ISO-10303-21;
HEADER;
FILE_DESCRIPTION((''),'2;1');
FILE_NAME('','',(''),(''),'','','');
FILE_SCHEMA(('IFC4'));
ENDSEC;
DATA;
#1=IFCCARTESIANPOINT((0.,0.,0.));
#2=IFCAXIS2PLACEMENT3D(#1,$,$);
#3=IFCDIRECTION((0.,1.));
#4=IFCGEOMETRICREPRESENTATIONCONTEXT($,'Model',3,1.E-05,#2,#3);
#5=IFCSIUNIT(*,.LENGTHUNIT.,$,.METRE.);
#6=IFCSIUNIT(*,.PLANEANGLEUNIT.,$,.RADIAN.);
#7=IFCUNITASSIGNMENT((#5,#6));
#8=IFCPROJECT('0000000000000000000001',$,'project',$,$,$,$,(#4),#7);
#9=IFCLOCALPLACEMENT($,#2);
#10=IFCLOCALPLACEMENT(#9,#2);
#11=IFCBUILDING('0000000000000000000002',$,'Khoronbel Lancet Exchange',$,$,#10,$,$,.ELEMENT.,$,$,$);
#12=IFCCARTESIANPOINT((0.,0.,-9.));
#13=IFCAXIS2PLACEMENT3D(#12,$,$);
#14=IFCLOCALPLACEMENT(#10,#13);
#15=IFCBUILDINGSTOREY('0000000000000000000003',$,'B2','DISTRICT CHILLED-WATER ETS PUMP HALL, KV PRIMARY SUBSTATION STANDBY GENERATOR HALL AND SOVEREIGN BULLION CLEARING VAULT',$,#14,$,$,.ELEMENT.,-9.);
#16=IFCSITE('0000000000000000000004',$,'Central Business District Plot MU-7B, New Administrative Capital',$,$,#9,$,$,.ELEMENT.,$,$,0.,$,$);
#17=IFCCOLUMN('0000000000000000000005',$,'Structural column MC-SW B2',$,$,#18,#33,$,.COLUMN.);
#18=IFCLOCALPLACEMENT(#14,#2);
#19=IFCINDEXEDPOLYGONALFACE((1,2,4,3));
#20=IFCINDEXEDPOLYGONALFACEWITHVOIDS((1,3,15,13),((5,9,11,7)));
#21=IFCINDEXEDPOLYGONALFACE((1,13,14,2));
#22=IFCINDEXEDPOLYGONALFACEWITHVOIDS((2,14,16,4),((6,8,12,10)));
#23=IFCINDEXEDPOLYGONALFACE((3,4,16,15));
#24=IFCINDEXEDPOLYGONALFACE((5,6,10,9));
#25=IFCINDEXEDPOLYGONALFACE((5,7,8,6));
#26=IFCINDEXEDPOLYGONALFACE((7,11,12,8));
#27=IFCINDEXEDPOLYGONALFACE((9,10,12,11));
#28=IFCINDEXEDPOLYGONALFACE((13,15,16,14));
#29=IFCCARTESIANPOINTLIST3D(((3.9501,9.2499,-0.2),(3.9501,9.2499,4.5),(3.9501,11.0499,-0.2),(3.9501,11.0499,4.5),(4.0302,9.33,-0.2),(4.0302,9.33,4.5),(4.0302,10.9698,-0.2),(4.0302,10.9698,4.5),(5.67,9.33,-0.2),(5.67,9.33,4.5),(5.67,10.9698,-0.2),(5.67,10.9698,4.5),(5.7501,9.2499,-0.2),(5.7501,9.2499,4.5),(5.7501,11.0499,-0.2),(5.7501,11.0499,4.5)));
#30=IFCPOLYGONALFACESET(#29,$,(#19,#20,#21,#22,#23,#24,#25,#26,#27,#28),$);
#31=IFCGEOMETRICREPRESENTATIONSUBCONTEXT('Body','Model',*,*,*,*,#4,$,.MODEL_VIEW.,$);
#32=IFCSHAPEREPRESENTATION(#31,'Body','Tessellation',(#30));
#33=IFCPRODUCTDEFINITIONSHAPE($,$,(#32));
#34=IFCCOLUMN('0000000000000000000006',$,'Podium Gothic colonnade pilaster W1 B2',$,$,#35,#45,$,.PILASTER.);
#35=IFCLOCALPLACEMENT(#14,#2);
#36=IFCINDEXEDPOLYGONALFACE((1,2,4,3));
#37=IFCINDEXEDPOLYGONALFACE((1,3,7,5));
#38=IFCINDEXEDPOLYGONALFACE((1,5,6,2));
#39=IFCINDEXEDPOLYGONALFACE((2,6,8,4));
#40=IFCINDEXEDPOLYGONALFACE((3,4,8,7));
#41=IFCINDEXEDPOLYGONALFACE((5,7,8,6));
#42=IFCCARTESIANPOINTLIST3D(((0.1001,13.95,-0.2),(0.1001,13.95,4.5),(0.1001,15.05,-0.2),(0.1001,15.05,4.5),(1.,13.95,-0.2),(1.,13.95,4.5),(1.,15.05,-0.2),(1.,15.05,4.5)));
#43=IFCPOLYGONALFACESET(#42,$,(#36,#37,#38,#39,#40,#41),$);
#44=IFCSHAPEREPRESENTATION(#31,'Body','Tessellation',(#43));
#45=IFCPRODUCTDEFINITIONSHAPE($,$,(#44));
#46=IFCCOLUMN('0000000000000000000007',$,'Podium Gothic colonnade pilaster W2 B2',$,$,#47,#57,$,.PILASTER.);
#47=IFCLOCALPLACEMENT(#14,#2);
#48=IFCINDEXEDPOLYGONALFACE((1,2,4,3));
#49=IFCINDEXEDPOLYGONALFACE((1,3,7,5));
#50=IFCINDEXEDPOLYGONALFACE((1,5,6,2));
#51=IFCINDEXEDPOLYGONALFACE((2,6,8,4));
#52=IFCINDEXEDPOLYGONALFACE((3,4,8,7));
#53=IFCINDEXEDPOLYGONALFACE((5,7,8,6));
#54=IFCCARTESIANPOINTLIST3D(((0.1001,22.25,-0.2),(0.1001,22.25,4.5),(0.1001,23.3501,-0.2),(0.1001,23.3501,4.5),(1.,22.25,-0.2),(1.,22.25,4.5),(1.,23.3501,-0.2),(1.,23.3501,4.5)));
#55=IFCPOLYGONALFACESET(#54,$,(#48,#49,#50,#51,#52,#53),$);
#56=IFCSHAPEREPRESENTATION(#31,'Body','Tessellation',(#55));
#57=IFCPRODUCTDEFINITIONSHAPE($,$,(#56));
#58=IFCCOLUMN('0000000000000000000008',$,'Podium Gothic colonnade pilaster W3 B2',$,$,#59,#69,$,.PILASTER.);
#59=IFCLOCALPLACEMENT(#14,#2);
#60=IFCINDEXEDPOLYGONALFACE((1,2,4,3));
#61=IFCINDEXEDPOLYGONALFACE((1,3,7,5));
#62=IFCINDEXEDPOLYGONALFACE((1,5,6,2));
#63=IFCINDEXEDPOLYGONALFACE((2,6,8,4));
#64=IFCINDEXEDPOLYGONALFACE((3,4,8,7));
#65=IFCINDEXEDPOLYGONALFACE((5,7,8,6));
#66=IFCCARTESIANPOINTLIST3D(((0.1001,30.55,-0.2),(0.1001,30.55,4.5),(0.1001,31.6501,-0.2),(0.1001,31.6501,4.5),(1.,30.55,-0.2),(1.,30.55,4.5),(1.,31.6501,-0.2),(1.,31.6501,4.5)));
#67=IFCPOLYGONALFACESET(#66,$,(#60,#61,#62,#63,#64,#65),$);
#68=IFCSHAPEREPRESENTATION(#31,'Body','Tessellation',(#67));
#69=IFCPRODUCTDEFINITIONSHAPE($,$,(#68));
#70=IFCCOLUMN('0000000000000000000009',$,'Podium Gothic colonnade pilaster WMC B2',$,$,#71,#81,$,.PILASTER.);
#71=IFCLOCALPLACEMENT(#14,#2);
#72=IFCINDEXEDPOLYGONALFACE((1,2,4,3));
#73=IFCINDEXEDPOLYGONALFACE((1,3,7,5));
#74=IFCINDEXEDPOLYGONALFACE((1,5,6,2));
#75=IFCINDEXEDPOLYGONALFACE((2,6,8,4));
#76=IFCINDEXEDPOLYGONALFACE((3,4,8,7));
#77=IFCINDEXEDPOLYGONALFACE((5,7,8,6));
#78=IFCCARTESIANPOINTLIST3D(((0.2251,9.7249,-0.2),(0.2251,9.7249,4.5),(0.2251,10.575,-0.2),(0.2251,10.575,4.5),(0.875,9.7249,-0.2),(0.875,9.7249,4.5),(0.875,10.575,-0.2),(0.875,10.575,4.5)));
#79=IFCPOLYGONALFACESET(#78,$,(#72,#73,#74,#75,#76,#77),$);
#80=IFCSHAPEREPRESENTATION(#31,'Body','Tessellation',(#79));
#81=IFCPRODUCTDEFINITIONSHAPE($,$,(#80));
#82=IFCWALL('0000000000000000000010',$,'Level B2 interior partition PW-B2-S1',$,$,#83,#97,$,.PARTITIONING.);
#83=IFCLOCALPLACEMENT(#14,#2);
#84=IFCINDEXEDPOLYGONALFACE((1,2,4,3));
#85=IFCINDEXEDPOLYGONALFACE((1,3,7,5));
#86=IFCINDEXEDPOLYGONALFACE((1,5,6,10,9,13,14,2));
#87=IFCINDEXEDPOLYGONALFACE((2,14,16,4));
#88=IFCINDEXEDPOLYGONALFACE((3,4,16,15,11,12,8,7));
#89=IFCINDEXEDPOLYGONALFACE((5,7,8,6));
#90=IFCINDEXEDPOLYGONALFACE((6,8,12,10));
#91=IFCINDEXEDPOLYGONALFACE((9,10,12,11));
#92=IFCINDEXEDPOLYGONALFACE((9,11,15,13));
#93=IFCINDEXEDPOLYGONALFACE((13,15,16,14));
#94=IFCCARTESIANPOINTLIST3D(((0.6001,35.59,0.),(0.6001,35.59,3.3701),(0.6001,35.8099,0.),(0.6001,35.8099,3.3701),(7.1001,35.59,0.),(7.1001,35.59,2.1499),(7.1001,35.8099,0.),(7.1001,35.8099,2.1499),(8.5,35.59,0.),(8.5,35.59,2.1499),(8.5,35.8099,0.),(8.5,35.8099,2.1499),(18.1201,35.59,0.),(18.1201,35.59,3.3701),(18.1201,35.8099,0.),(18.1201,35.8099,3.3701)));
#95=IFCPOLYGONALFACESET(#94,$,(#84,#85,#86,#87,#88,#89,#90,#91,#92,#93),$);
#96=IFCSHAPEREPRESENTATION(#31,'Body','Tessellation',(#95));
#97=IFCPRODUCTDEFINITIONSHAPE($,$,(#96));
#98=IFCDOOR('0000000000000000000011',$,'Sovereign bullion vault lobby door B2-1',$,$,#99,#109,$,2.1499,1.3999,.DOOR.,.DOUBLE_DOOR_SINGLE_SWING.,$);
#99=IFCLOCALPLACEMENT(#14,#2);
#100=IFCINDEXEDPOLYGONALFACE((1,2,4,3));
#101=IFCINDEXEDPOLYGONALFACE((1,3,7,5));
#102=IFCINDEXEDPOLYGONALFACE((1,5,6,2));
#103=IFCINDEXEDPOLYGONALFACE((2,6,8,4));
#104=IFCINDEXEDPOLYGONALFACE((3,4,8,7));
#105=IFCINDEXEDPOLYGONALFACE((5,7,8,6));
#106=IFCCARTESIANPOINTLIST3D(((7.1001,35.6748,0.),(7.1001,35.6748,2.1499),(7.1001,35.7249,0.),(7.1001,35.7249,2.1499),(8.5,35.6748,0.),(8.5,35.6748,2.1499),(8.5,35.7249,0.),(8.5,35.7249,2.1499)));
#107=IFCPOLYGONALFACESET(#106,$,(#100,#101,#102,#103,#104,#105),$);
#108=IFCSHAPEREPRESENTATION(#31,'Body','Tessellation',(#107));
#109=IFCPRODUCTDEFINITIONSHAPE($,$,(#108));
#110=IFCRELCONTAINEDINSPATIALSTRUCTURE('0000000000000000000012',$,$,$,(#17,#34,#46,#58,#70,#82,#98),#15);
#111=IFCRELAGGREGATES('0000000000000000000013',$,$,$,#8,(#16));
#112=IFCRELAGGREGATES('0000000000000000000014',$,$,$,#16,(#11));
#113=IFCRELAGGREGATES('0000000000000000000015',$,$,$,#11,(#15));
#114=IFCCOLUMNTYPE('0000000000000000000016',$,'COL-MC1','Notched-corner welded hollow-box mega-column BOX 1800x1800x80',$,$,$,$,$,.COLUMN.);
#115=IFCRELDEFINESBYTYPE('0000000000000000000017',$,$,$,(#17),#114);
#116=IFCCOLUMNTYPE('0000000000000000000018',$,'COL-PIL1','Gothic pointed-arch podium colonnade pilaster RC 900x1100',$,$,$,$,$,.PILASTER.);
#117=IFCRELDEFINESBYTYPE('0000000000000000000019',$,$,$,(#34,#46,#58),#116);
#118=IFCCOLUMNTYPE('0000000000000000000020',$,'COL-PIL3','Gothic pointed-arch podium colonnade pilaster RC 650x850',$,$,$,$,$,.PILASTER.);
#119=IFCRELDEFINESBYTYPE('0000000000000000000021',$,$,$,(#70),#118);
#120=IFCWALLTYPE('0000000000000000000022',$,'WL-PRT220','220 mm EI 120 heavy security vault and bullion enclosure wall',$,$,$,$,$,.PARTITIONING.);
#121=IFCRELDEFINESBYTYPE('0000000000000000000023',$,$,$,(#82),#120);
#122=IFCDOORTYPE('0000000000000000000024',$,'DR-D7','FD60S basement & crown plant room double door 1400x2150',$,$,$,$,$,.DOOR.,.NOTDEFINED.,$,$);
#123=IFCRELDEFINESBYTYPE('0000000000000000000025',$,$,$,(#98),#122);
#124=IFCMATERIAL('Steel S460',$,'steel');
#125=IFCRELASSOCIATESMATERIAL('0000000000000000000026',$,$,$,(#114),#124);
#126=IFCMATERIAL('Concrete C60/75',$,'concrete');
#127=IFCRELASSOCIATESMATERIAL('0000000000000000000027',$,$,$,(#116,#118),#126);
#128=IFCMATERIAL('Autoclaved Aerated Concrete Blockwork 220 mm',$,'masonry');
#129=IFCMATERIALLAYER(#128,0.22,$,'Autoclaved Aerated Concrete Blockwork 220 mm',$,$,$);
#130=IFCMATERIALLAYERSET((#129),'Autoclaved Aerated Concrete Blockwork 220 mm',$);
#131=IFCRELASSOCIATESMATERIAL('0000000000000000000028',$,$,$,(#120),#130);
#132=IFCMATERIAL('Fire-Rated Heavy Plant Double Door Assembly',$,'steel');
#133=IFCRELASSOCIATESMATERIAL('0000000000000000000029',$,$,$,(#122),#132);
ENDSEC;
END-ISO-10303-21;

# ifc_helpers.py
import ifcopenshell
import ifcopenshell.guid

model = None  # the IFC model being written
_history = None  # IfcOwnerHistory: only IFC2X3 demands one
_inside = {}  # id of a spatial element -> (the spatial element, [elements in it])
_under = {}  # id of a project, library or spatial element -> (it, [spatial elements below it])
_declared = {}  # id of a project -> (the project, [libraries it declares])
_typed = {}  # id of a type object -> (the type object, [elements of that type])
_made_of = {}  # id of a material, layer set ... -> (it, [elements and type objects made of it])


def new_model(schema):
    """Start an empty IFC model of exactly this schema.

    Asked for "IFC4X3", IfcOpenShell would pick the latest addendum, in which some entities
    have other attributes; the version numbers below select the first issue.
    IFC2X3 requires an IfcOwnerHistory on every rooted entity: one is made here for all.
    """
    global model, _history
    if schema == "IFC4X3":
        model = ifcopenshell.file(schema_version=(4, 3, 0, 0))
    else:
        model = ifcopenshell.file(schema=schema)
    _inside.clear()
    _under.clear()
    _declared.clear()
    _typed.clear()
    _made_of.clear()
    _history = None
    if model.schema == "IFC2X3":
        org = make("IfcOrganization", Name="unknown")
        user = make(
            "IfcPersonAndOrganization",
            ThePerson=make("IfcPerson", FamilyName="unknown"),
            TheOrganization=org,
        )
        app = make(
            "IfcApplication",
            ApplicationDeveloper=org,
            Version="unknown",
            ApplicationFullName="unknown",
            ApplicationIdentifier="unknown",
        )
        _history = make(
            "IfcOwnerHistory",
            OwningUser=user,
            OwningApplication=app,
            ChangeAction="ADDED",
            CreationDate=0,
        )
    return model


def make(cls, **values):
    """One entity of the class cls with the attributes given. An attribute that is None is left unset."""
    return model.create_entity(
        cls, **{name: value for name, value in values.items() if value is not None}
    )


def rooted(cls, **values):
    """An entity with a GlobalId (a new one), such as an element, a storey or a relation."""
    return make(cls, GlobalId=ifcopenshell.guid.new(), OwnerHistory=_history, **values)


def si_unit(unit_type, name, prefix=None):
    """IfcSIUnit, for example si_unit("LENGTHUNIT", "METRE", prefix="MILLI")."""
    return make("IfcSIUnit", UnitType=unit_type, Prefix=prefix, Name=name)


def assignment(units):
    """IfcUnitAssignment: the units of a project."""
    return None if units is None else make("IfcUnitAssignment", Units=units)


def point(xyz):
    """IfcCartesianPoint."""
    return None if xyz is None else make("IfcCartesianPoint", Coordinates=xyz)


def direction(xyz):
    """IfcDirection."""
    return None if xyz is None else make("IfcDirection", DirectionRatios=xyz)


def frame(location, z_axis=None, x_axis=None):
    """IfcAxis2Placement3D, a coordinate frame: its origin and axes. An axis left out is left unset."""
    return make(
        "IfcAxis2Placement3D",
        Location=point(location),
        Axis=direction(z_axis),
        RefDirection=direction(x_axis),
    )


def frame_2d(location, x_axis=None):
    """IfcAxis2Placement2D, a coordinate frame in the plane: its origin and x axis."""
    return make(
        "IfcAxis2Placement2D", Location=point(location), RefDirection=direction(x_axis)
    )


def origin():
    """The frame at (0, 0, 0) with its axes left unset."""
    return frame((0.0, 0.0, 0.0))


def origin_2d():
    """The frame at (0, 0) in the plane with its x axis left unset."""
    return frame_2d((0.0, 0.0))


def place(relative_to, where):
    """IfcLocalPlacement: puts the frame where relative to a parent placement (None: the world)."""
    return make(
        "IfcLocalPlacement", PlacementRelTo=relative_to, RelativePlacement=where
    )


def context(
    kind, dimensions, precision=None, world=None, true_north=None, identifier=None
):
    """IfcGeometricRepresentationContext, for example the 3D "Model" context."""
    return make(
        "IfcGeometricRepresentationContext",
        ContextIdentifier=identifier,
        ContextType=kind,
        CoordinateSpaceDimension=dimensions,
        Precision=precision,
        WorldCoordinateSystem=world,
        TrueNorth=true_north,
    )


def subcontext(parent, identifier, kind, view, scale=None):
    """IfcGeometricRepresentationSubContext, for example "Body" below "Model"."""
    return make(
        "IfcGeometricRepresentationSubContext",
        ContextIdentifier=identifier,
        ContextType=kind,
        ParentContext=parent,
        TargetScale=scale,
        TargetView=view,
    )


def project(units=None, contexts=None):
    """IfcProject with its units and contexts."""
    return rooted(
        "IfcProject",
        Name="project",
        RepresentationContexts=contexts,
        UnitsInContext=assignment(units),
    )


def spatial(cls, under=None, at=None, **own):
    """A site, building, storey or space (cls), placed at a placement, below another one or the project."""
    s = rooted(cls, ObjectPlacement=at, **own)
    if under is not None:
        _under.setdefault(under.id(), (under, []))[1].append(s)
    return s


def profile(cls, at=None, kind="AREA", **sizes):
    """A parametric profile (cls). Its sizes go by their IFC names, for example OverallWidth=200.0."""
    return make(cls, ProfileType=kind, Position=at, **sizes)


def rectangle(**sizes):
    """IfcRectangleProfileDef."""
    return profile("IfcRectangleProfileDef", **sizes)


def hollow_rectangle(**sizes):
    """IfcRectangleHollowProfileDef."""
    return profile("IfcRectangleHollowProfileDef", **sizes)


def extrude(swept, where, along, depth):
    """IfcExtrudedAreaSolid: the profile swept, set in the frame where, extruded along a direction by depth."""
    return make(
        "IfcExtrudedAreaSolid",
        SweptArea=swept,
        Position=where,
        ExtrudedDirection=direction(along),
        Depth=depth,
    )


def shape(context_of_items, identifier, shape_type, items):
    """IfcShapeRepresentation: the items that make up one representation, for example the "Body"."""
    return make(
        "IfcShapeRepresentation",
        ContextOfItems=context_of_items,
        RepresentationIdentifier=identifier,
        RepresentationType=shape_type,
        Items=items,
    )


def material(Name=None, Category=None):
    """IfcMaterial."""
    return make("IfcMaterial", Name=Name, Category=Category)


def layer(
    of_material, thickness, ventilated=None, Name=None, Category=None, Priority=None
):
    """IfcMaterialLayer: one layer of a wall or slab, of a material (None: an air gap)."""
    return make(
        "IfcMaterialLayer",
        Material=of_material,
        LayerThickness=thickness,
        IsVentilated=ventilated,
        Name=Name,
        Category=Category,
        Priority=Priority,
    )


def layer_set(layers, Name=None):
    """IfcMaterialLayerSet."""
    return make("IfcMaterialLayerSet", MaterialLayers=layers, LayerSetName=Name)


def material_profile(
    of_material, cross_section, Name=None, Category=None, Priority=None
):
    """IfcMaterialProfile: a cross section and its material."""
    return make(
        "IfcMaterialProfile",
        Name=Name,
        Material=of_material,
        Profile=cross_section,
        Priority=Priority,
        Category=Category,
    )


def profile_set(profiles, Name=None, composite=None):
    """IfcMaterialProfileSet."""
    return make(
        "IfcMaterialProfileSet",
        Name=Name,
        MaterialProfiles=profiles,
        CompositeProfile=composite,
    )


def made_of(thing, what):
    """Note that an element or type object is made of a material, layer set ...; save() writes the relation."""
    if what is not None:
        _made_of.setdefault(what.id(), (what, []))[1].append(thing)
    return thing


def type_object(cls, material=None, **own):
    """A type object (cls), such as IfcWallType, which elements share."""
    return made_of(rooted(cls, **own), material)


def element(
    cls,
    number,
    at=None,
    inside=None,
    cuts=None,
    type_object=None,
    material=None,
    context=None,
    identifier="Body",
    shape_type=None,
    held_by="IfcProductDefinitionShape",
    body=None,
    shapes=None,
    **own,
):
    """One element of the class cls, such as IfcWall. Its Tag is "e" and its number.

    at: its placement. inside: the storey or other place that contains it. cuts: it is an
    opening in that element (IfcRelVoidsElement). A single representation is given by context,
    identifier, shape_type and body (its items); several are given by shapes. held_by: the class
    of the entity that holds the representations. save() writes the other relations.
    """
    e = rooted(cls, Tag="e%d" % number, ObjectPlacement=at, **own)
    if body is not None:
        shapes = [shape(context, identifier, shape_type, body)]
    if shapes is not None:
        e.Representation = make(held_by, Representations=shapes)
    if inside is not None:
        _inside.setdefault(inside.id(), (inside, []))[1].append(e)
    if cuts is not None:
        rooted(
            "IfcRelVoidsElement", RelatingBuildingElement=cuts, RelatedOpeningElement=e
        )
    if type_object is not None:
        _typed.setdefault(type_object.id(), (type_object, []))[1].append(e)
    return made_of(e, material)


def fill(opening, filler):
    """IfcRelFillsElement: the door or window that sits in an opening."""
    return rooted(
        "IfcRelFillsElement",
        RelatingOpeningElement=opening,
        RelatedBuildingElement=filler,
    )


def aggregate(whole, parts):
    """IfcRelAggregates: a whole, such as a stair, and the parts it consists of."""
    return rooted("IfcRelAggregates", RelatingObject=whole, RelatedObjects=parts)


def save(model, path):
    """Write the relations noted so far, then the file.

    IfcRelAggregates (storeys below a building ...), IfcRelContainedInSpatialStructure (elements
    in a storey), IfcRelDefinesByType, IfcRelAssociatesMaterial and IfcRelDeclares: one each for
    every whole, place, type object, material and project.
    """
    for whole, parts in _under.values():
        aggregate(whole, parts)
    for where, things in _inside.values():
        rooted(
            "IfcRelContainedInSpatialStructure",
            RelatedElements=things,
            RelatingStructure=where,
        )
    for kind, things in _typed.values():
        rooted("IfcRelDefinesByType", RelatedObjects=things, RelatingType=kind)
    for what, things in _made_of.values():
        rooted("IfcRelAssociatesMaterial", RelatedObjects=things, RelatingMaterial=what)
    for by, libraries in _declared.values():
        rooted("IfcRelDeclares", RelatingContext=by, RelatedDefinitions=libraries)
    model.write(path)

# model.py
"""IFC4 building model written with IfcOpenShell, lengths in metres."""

from ifc_helpers import new_model, si_unit, direction, frame, frame_2d, origin, origin_2d, place, context, subcontext, project, spatial, rectangle, hollow_rectangle, extrude, material, layer, layer_set, material_profile, profile_set, type_object, element, fill, save


model = new_model("IFC4")

# Units and contexts
model_context = context("Model", 3, precision=1e-05, world=origin(), true_north=direction((0.0, 1.0)))
body_context = subcontext(model_context, "Body", "Model", "MODEL_VIEW")
ifc_project = project(units=[si_unit("LENGTHUNIT", "METRE"), si_unit("PLANEANGLEUNIT", "RADIAN")], contexts=[model_context])

# Site, building, storey
site_placement = place(None, origin())
site = spatial("IfcSite", under=ifc_project, at=site_placement, Name="Central Business District Plot MU-7B, New Administrative Capital", CompositionType="ELEMENT", RefElevation=0.0)
building_placement = place(site_placement, origin())
building = spatial("IfcBuilding", under=site, at=building_placement, Name="Khoronbel Lancet Exchange", CompositionType="ELEMENT")
storey_placement = place(building_placement, frame((0.0, 0.0, -9.0)))
storey = spatial("IfcBuildingStorey", under=building, at=storey_placement, Name="B2", Description="DISTRICT CHILLED-WATER ETS PUMP HALL, KV PRIMARY SUBSTATION STANDBY GENERATOR HALL AND SOVEREIGN BULLION CLEARING VAULT", CompositionType="ELEMENT", Elevation=-9.0)

# Columns
ifc_material_1 = material(Name="Steel S460", Category="steel")
ifc_material_profile_1 = material_profile(ifc_material_1, hollow_rectangle(XDim=1.8, YDim=1.8, WallThickness=0.0801, at=origin_2d()), Name="BOX 1800x1800x80")
ifc_profile_set_1 = profile_set([ifc_material_profile_1], Name="Steel S460")
column_type_1 = type_object("IfcColumnType", Name="COL-MC1", Description="Notched-corner welded hollow-box mega-column BOX 1800x1800x80", PredefinedType="COLUMN", material=ifc_profile_set_1)
column_1_placement = place(storey_placement, frame((4.8501, 10.1499, -0.2), z_axis=(0.0, 0.0, 1.0), x_axis=(1.0, 0.0, 0.0)))
element("IfcColumn", 1, at=column_1_placement, inside=storey, type_object=column_type_1, Name="Structural column MC-SW B2", PredefinedType="COLUMN", context=body_context, shape_type="SweptSolid", body=[
    extrude(hollow_rectangle(XDim=1.8, YDim=1.8, WallThickness=0.0801, at=origin_2d()), origin(), (0.0, 0.0, 1.0), 4.7),
])
ifc_material_2 = material(Name="Concrete C60/75", Category="concrete")
ifc_material_profile_2 = material_profile(ifc_material_2, rectangle(XDim=0.8999, YDim=1.1001, at=origin_2d()), Name="RC 900x1100")
ifc_profile_set_2 = profile_set([ifc_material_profile_2], Name="Concrete C60/75")
column_type_2 = type_object("IfcColumnType", Name="COL-PIL1", Description="Gothic pointed-arch podium colonnade pilaster RC 900x1100", PredefinedType="PILASTER", material=ifc_profile_set_2)
for number, where, z_axis, x_axis, name in (
    (2, (0.55, 14.5, -0.2), (0.0, 0.0, 1.0), (1.0, 0.0, 0.0), "Podium Gothic colonnade pilaster W1 B2"),
    (3, (0.55, 22.8, -0.2), (0.0, 0.0, 1.0), (1.0, 0.0, 0.0), "Podium Gothic colonnade pilaster W2 B2"),
    (4, (0.55, 31.1001, -0.2), (0.0, 0.0, 1.0), (1.0, 0.0, 0.0), "Podium Gothic colonnade pilaster W3 B2"),
):
    element("IfcColumn", number, at=place(storey_placement, frame(where, z_axis=z_axis, x_axis=x_axis)), inside=storey, type_object=column_type_2, Name=name, PredefinedType="PILASTER", context=body_context, shape_type="SweptSolid", body=[
        extrude(rectangle(XDim=0.8999, YDim=1.1001, at=origin_2d()), origin(), (0.0, 0.0, 1.0), 4.7),
    ])
ifc_material_profile_3 = material_profile(ifc_material_2, rectangle(XDim=0.6499, YDim=0.8501, at=origin_2d()), Name="RC 650x850")
ifc_profile_set_3 = profile_set([ifc_material_profile_3], Name="Concrete C60/75")
column_type_3 = type_object("IfcColumnType", Name="COL-PIL3", Description="Gothic pointed-arch podium colonnade pilaster RC 650x850", PredefinedType="PILASTER", material=ifc_profile_set_3)
column_2_placement = place(storey_placement, frame((0.55, 10.1499, -0.2), z_axis=(0.0, 0.0, 1.0), x_axis=(1.0, 0.0, 0.0)))
element("IfcColumn", 5, at=column_2_placement, inside=storey, type_object=column_type_3, Name="Podium Gothic colonnade pilaster WMC B2", PredefinedType="PILASTER", context=body_context, shape_type="SweptSolid", body=[
    extrude(rectangle(XDim=0.6499, YDim=0.8501, at=origin_2d()), origin(), (0.0, 0.0, 1.0), 4.7),
])

# Wall, opening, door
ifc_material_3 = material(Name="Autoclaved Aerated Concrete Blockwork 220 mm", Category="masonry")
ifc_layer = layer(ifc_material_3, 0.22, Name="Autoclaved Aerated Concrete Blockwork 220 mm")
ifc_layer_set = layer_set([ifc_layer], Name="Autoclaved Aerated Concrete Blockwork 220 mm")
wall_type = type_object("IfcWallType", Name="WL-PRT220", Description="220 mm EI 120 heavy security vault and bullion enclosure wall", PredefinedType="PARTITIONING", material=ifc_layer_set)
wall_placement = place(storey_placement, frame((0.6001, 35.7, 0.0), z_axis=(0.0, 0.0, 1.0), x_axis=(1.0, 0.0, 0.0)))
wall = element("IfcWall", 6, at=wall_placement, inside=storey, type_object=wall_type, Name="Level B2 interior partition PW-B2-S1", PredefinedType="PARTITIONING", context=body_context, shape_type="SweptSolid", body=[
    extrude(rectangle(XDim=17.52, YDim=0.22, at=frame_2d((8.76, 0.0))), origin(), (0.0, 0.0, 1.0), 3.3701),
])
opening_placement = place(wall_placement, frame((6.5, 0.0, 0.0)))
opening = element("IfcOpeningElement", 7, at=opening_placement, cuts=wall, PredefinedType="OPENING", context=body_context, shape_type="SweptSolid", body=[
    extrude(rectangle(XDim=1.3999, YDim=2.1499, at=frame_2d((0.7, 1.075))), frame((0.0, 0.1201, 0.0), z_axis=(0.0, -1.0, 0.0), x_axis=(1.0, 0.0, 0.0)), (0.0, 0.0, 1.0), 0.24),
])
ifc_material_4 = material(Name="Fire-Rated Heavy Plant Double Door Assembly", Category="steel")
door_type = type_object("IfcDoorType", Name="DR-D7", Description="FD60S basement & crown plant room double door 1400x2150", OperationType="NOTDEFINED", PredefinedType="DOOR", material=ifc_material_4)
door_placement = place(opening_placement, origin())
door = element("IfcDoor", 8, at=door_placement, inside=storey, type_object=door_type, Name="Sovereign bullion vault lobby door B2-1", OperationType="DOUBLE_DOOR_SINGLE_SWING", OverallHeight=2.1499, OverallWidth=1.3999, PredefinedType="DOOR", context=body_context, shape_type="SweptSolid", body=[
    extrude(rectangle(XDim=1.3999, YDim=2.1499, at=frame_2d((0.7, 1.075))), frame((0.0, 0.0249, 0.0), z_axis=(0.0, -1.0, 0.0), x_axis=(1.0, 0.0, 0.0)), (0.0, 0.0, 1.0), 0.05),
])
fill(opening, door)

save(model, "model.ifc")
